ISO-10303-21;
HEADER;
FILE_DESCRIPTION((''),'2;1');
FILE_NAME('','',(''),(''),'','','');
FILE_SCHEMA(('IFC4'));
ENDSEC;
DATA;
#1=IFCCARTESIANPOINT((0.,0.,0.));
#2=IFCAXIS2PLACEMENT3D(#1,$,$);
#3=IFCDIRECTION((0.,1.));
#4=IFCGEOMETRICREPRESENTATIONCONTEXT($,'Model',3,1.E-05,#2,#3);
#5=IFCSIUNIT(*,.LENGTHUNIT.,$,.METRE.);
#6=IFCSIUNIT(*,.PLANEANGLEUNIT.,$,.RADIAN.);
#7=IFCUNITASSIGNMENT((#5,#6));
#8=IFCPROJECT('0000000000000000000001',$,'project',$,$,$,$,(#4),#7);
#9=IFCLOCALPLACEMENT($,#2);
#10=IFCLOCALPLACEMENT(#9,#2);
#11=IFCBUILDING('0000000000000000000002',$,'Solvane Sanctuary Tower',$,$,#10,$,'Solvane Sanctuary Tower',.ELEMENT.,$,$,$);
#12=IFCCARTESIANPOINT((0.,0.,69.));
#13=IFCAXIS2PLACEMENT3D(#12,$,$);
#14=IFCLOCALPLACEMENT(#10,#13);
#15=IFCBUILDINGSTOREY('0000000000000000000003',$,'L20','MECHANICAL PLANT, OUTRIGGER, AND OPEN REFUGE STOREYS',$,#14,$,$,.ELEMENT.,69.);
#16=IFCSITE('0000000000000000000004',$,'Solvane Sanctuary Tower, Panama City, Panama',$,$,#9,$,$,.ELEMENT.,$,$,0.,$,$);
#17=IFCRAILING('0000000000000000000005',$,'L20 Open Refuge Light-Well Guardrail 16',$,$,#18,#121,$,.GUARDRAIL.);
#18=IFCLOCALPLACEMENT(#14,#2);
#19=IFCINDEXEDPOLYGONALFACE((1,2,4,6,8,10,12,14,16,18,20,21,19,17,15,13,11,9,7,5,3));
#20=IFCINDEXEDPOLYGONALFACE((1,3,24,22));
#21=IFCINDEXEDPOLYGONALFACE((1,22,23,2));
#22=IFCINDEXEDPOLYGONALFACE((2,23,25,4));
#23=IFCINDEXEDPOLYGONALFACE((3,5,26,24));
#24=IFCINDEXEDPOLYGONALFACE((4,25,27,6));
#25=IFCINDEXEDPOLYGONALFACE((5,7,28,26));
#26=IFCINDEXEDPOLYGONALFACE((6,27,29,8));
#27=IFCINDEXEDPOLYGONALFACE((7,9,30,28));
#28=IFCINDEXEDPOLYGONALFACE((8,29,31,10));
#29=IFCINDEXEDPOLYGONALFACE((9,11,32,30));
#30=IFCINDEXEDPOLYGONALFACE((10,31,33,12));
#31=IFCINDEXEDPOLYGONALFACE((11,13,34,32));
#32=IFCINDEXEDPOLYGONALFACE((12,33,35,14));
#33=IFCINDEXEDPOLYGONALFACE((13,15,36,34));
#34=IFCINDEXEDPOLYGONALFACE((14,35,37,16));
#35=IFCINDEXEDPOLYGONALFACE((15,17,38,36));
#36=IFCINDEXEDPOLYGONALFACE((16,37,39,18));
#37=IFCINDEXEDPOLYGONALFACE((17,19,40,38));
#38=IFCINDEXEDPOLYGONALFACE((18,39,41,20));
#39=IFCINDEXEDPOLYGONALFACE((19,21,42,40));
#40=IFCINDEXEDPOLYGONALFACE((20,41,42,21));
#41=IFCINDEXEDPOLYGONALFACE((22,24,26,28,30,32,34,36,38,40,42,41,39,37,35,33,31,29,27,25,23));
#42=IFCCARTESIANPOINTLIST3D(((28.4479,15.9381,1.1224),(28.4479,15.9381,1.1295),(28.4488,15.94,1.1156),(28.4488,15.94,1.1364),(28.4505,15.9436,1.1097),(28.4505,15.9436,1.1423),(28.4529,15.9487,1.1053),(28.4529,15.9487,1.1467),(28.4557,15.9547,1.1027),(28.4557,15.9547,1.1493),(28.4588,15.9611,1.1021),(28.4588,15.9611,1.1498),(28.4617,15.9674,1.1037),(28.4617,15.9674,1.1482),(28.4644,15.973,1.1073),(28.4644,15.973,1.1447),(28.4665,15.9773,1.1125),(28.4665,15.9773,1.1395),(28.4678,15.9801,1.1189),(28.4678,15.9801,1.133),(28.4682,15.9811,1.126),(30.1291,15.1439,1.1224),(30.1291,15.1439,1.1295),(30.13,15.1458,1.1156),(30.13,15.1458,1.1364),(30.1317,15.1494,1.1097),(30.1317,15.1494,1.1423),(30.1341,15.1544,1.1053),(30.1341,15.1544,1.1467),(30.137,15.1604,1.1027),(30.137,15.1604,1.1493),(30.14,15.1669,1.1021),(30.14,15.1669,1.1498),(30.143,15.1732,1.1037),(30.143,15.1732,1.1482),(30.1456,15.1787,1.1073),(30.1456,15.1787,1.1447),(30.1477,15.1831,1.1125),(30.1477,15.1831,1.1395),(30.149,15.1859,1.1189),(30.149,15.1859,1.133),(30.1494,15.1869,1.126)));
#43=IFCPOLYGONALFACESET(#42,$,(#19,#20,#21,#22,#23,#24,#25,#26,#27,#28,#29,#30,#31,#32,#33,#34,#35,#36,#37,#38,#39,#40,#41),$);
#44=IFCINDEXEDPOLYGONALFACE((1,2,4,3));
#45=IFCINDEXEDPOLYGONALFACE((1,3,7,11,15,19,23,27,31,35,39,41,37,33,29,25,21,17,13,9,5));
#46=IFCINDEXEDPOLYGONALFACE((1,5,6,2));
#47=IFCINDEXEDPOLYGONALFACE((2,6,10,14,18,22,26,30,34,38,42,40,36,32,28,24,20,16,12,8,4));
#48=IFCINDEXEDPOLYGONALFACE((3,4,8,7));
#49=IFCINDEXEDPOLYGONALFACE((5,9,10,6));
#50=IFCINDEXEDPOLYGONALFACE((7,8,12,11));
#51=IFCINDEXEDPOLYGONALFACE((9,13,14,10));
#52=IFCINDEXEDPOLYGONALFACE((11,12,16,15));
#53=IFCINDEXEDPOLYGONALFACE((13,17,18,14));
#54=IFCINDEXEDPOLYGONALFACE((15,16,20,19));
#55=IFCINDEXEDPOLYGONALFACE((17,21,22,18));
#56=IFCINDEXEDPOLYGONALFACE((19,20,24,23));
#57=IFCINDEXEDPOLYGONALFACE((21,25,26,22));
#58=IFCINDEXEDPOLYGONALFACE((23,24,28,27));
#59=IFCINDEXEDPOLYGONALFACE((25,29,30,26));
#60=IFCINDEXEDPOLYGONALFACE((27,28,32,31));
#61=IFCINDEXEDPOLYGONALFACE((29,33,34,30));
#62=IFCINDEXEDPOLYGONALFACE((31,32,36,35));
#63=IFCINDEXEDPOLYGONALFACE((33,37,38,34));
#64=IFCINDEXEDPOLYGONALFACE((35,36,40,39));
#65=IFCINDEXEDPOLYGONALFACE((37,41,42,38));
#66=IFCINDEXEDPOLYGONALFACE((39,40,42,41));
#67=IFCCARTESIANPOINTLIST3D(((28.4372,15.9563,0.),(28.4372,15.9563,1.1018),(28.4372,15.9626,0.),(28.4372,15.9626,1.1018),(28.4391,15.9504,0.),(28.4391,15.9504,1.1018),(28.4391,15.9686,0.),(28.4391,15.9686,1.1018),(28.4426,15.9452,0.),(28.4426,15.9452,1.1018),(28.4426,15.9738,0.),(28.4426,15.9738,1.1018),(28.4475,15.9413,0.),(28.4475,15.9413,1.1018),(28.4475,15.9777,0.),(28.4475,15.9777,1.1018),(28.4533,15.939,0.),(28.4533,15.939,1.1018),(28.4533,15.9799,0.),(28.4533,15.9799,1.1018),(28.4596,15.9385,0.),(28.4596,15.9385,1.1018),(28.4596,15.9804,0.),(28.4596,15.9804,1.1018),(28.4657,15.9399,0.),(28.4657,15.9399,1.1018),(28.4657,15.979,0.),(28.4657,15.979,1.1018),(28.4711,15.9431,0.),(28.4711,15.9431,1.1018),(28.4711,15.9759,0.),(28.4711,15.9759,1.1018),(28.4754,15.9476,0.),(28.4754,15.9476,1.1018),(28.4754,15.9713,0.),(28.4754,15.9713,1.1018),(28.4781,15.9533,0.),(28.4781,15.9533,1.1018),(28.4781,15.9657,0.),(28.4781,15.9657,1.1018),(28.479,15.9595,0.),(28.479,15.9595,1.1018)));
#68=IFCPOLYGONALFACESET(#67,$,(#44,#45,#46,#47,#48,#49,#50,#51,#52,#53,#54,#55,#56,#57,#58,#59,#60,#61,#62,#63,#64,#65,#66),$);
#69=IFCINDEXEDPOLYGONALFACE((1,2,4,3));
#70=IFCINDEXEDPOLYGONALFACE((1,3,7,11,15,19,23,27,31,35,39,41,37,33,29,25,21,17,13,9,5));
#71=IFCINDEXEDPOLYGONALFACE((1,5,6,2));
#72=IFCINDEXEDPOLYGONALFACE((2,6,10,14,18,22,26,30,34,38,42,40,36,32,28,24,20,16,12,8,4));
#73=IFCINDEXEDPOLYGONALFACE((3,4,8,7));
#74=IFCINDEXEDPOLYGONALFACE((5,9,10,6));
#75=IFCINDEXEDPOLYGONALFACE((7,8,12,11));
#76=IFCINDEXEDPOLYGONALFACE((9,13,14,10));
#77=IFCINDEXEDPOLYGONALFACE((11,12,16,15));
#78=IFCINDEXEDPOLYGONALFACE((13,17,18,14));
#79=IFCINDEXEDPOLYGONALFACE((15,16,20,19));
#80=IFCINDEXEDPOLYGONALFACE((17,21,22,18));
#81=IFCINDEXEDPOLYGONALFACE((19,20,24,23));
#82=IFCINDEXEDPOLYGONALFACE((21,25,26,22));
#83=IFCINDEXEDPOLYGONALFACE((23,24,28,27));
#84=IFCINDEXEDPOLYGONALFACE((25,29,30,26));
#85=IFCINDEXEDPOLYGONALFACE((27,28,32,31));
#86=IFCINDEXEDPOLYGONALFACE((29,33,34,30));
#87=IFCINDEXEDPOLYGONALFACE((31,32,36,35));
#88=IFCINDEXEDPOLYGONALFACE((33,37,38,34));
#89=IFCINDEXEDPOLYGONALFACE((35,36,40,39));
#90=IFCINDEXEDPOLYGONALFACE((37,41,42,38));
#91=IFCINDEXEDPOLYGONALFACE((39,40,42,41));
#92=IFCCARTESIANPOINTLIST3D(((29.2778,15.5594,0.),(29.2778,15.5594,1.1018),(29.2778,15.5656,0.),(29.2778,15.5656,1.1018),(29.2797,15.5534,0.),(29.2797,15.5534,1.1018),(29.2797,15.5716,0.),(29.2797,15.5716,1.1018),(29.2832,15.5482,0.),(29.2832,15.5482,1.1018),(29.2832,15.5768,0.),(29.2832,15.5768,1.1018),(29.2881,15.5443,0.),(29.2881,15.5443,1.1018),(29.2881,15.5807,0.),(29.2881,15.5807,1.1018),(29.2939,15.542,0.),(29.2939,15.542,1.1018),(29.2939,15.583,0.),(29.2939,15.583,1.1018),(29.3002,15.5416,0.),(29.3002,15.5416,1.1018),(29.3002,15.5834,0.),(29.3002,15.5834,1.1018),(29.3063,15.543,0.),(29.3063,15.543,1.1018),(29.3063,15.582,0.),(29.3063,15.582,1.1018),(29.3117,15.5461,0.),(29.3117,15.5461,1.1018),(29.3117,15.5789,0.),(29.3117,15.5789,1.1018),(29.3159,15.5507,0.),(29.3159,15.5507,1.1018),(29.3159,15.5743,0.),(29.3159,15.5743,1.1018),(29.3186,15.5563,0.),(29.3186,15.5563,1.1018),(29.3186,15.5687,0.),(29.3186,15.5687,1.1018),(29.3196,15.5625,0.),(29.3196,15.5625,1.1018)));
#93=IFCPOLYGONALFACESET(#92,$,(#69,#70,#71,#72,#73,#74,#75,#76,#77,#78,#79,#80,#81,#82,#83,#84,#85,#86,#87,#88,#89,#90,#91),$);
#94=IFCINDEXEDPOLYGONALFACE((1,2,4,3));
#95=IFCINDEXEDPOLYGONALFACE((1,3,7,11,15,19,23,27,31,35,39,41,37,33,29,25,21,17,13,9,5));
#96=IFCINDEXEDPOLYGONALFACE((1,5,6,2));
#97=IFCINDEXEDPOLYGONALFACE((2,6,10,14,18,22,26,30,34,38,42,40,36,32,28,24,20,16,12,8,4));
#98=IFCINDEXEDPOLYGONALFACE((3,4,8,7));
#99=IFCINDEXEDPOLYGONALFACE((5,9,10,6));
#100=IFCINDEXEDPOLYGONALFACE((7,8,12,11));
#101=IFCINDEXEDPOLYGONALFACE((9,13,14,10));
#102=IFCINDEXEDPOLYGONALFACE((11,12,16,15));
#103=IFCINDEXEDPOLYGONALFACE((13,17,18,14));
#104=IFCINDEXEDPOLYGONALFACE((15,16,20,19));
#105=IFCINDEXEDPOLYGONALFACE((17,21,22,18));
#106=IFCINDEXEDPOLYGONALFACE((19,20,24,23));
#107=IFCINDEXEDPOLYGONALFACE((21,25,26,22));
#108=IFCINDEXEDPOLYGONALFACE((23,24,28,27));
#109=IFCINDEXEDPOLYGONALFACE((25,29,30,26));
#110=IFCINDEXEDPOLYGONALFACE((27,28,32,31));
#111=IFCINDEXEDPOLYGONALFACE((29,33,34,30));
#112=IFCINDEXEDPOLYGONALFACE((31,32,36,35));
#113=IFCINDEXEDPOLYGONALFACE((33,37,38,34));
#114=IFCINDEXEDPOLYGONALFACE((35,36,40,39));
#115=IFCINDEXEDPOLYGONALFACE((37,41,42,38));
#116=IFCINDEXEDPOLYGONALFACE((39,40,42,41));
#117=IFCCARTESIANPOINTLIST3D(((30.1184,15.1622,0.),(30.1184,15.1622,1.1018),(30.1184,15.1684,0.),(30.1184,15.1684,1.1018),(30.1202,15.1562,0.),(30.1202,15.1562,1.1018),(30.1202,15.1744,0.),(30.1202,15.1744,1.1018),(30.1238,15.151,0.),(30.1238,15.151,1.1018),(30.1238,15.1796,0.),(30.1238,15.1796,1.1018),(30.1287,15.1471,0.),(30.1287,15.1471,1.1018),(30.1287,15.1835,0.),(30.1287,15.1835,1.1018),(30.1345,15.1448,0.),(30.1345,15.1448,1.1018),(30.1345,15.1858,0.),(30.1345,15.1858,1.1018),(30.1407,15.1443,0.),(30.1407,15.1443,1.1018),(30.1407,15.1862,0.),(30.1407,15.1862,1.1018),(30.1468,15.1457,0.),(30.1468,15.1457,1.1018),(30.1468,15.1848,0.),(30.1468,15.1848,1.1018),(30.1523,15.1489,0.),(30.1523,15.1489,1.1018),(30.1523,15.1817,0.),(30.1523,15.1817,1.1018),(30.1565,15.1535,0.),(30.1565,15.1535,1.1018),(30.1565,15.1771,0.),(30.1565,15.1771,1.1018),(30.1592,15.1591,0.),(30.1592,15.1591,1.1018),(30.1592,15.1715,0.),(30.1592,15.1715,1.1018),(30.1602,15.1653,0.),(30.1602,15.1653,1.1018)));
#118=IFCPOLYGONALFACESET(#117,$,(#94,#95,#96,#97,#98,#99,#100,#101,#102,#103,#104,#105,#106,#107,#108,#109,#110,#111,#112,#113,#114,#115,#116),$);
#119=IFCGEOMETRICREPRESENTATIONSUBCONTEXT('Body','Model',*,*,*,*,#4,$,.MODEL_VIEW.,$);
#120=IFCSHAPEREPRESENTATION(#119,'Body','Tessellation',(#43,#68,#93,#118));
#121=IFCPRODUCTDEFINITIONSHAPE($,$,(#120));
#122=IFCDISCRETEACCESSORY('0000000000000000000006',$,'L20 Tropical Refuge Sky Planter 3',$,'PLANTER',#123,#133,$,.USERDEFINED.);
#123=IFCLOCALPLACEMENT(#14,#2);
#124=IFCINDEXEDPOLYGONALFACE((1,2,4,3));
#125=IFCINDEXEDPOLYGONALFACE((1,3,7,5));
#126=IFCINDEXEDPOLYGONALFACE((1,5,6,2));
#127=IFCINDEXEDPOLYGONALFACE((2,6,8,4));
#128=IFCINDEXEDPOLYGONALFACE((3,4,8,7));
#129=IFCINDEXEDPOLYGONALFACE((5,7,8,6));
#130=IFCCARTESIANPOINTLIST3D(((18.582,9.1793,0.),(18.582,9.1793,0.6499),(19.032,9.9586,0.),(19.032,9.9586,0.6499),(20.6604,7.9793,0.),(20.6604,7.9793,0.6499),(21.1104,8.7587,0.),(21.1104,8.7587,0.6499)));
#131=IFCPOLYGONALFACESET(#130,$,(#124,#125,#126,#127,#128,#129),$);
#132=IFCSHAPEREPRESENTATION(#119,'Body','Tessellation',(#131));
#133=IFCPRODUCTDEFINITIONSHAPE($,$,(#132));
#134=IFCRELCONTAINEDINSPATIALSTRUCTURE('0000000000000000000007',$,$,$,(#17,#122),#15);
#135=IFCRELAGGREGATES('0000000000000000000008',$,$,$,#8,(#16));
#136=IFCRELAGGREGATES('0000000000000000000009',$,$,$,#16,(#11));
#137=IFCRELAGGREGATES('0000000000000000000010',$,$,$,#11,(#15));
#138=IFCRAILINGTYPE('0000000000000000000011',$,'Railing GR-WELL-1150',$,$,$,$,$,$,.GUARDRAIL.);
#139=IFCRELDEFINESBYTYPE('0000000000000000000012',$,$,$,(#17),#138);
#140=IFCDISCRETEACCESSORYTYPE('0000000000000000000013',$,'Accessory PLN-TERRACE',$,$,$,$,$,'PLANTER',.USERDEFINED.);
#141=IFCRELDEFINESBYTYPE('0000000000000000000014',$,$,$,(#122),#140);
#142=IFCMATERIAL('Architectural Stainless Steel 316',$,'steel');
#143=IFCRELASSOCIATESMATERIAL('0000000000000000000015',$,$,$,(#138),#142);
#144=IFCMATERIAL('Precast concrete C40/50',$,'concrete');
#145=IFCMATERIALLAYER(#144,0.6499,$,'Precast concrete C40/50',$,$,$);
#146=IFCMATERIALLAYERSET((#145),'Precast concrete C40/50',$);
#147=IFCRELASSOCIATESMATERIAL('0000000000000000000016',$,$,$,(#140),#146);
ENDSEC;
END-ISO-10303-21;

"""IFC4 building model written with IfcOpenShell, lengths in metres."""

from ifc_helpers import new_model, si_unit, direction, frame, origin, origin_2d, place, context, subcontext, project, spatial, rectangle, circle, extrude, material, layer, layer_set, type_object, element, save


model = new_model("IFC4")

# Units and contexts
model_context = context("Model", 3, precision=1e-05, world=origin(), true_north=direction((0.0, 1.0)))
body_context = subcontext(model_context, "Body", "Model", "MODEL_VIEW")
ifc_project = project(units=[si_unit("LENGTHUNIT", "METRE"), si_unit("PLANEANGLEUNIT", "RADIAN")], contexts=[model_context])

# Site, building, storey
site_placement = place(None, origin())
site = spatial("IfcSite", under=ifc_project, at=site_placement, Name="Solvane Sanctuary Tower, Panama City, Panama", CompositionType="ELEMENT", RefElevation=0.0)
building_placement = place(site_placement, origin())
building = spatial("IfcBuilding", under=site, at=building_placement, Name="Solvane Sanctuary Tower", LongName="Solvane Sanctuary Tower", CompositionType="ELEMENT")
storey_placement = place(building_placement, frame((0.0, 0.0, 69.0)))
storey = spatial("IfcBuildingStorey", under=building, at=storey_placement, Name="L20", Description="MECHANICAL PLANT, OUTRIGGER, AND OPEN REFUGE STOREYS", CompositionType="ELEMENT", Elevation=69.0)

# Shared definitions
ifc_material_1 = material(Name="Architectural Stainless Steel 316", Category="steel")

# Railing
railing_type_1 = type_object("IfcRailingType", Name="Railing GR-WELL-1150", PredefinedType="GUARDRAIL", material=ifc_material_1)
railing_1_placement = place(storey_placement, frame((28.458, 15.9595, 0.0)))
element("IfcRailing", 1, at=railing_1_placement, inside=storey, type_object=railing_type_1, Name="L20 Open Refuge Light-Well Guardrail 16", PredefinedType="GUARDRAIL", context=body_context, shape_type="SweptSolid", body=[
    extrude(circle(Radius=0.0239, at=origin_2d()), frame((0.0, 0.0, 1.126), z_axis=(0.904184, -0.427143, 0.0), x_axis=(0.427143, 0.904184, 0.0)), (0.0, 0.0, 1.0), 1.8594),
    extrude(circle(Radius=0.021, at=origin_2d()), origin(), (0.0, 0.0, 1.0), 1.1018),
    extrude(circle(Radius=0.021, at=origin_2d()), frame((0.8406, -0.397, 0.0)), (0.0, 0.0, 1.0), 1.1018),
    extrude(circle(Radius=0.021, at=origin_2d()), frame((1.6812, -0.7942, 0.0)), (0.0, 0.0, 1.0), 1.1018),
])

# Discrete accessory
ifc_material_2 = material(Name="Precast concrete C40/50", Category="concrete")
ifc_layer_1 = layer(ifc_material_2, 0.6499, Name="Precast concrete C40/50")
ifc_layer_set_1 = layer_set([ifc_layer_1], Name="Precast concrete C40/50")
discrete_accessory_type = type_object("IfcDiscreteAccessoryType", Name="Accessory PLN-TERRACE", ElementType="PLANTER", PredefinedType="USERDEFINED", material=ifc_layer_set_1)
discrete_accessory_placement = place(storey_placement, frame((19.8462, 8.969, 0.0), z_axis=(0.0, 0.0, 1.0), x_axis=(0.866025, -0.5, 0.0)))
element("IfcDiscreteAccessory", 2, at=discrete_accessory_placement, inside=storey, type_object=discrete_accessory_type, Name="L20 Tropical Refuge Sky Planter 3", ObjectType="PLANTER", PredefinedType="USERDEFINED", context=body_context, shape_type="SweptSolid", body=[
    extrude(rectangle(XDim=2.3999, YDim=0.8999, at=origin_2d()), origin(), (0.0, 0.0, 1.0), 0.6499),
])

save(model, "model.ifc")
